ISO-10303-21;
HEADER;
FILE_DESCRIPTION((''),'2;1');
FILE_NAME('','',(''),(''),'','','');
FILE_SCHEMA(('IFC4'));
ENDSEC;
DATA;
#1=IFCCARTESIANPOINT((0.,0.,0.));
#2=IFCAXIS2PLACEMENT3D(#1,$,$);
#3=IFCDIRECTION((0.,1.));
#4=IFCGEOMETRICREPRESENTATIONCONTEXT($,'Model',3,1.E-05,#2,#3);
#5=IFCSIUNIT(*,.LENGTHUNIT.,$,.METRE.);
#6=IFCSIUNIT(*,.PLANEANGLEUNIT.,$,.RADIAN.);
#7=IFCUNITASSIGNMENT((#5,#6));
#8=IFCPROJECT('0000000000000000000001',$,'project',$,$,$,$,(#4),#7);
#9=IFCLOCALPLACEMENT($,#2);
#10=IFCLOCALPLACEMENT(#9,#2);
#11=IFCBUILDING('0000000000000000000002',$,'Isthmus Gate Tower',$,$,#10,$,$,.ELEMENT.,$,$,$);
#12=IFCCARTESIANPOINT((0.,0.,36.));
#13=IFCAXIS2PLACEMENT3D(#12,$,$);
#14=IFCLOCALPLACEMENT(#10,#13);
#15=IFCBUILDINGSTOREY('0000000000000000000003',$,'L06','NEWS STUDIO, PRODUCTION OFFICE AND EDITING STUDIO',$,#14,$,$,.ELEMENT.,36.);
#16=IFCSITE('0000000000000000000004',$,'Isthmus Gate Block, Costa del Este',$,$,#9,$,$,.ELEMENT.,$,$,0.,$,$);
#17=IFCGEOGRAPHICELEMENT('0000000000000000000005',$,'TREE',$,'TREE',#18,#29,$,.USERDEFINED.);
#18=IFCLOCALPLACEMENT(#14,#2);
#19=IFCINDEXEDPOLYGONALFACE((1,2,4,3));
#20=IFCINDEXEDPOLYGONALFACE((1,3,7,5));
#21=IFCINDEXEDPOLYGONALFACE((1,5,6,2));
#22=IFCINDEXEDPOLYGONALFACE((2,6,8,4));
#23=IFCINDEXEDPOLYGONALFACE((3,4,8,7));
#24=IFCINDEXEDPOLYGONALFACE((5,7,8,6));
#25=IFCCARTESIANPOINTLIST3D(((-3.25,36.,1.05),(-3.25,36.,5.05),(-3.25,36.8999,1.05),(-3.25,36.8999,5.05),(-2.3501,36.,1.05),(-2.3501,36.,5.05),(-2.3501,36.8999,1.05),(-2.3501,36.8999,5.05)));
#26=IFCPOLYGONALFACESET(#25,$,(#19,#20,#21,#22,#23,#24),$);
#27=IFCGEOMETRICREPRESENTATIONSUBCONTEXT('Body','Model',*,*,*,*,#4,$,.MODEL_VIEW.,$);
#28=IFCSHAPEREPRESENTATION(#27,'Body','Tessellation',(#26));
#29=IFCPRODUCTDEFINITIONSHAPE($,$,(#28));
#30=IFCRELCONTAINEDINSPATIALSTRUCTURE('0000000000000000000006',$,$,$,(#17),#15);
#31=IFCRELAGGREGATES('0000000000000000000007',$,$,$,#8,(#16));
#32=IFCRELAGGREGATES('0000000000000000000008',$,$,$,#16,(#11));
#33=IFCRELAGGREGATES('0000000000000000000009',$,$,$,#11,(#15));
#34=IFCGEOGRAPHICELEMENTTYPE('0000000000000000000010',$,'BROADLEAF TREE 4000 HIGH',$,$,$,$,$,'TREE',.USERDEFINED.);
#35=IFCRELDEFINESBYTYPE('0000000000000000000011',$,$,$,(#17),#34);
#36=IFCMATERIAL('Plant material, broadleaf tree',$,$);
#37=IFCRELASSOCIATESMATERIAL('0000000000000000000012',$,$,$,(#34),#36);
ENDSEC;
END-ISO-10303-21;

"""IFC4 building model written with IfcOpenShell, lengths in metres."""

from ifc_helpers import new_model, si_unit, direction, frame, origin, origin_2d, place, context, subcontext, project, spatial, rectangle, extrude, material, type_object, element, save


model = new_model("IFC4")

# Units and contexts
model_context = context("Model", 3, precision=1e-05, world=origin(), true_north=direction((0.0, 1.0)))
body_context = subcontext(model_context, "Body", "Model", "MODEL_VIEW")
ifc_project = project(units=[si_unit("LENGTHUNIT", "METRE"), si_unit("PLANEANGLEUNIT", "RADIAN")], contexts=[model_context])

# Site, building, storey
site_placement = place(None, origin())
site = spatial("IfcSite", under=ifc_project, at=site_placement, Name="Isthmus Gate Block, Costa del Este", CompositionType="ELEMENT", RefElevation=0.0)
building_placement = place(site_placement, origin())
building = spatial("IfcBuilding", under=site, at=building_placement, Name="Isthmus Gate Tower", CompositionType="ELEMENT")
storey_placement = place(building_placement, frame((0.0, 0.0, 36.0)))
storey = spatial("IfcBuildingStorey", under=building, at=storey_placement, Name="L06", Description="NEWS STUDIO, PRODUCTION OFFICE AND EDITING STUDIO", CompositionType="ELEMENT", Elevation=36.0)

# Geographic element
ifc_material_1 = material(Name="Plant material, broadleaf tree")
geographic_element_type = type_object("IfcGeographicElementType", Name="BROADLEAF TREE 4000 HIGH", ElementType="TREE", PredefinedType="USERDEFINED", material=ifc_material_1)
for number, where, z_axis, x_axis, name in (
    (1, (-2.8, 36.45, 1.05), (0.0, 0.0, 1.0), (1.0, 0.0, 0.0), "TREE"),
):
    element("IfcGeographicElement", number, at=place(storey_placement, frame(where, z_axis=z_axis, x_axis=x_axis)), inside=storey, type_object=geographic_element_type, Name=name, ObjectType="TREE", PredefinedType="USERDEFINED", context=body_context, shape_type="SweptSolid", body=[
        extrude(rectangle(XDim=0.8999, YDim=0.8999, at=origin_2d()), origin(), (0.0, 0.0, 1.0), 4.0),
    ])

save(model, "model.ifc")
